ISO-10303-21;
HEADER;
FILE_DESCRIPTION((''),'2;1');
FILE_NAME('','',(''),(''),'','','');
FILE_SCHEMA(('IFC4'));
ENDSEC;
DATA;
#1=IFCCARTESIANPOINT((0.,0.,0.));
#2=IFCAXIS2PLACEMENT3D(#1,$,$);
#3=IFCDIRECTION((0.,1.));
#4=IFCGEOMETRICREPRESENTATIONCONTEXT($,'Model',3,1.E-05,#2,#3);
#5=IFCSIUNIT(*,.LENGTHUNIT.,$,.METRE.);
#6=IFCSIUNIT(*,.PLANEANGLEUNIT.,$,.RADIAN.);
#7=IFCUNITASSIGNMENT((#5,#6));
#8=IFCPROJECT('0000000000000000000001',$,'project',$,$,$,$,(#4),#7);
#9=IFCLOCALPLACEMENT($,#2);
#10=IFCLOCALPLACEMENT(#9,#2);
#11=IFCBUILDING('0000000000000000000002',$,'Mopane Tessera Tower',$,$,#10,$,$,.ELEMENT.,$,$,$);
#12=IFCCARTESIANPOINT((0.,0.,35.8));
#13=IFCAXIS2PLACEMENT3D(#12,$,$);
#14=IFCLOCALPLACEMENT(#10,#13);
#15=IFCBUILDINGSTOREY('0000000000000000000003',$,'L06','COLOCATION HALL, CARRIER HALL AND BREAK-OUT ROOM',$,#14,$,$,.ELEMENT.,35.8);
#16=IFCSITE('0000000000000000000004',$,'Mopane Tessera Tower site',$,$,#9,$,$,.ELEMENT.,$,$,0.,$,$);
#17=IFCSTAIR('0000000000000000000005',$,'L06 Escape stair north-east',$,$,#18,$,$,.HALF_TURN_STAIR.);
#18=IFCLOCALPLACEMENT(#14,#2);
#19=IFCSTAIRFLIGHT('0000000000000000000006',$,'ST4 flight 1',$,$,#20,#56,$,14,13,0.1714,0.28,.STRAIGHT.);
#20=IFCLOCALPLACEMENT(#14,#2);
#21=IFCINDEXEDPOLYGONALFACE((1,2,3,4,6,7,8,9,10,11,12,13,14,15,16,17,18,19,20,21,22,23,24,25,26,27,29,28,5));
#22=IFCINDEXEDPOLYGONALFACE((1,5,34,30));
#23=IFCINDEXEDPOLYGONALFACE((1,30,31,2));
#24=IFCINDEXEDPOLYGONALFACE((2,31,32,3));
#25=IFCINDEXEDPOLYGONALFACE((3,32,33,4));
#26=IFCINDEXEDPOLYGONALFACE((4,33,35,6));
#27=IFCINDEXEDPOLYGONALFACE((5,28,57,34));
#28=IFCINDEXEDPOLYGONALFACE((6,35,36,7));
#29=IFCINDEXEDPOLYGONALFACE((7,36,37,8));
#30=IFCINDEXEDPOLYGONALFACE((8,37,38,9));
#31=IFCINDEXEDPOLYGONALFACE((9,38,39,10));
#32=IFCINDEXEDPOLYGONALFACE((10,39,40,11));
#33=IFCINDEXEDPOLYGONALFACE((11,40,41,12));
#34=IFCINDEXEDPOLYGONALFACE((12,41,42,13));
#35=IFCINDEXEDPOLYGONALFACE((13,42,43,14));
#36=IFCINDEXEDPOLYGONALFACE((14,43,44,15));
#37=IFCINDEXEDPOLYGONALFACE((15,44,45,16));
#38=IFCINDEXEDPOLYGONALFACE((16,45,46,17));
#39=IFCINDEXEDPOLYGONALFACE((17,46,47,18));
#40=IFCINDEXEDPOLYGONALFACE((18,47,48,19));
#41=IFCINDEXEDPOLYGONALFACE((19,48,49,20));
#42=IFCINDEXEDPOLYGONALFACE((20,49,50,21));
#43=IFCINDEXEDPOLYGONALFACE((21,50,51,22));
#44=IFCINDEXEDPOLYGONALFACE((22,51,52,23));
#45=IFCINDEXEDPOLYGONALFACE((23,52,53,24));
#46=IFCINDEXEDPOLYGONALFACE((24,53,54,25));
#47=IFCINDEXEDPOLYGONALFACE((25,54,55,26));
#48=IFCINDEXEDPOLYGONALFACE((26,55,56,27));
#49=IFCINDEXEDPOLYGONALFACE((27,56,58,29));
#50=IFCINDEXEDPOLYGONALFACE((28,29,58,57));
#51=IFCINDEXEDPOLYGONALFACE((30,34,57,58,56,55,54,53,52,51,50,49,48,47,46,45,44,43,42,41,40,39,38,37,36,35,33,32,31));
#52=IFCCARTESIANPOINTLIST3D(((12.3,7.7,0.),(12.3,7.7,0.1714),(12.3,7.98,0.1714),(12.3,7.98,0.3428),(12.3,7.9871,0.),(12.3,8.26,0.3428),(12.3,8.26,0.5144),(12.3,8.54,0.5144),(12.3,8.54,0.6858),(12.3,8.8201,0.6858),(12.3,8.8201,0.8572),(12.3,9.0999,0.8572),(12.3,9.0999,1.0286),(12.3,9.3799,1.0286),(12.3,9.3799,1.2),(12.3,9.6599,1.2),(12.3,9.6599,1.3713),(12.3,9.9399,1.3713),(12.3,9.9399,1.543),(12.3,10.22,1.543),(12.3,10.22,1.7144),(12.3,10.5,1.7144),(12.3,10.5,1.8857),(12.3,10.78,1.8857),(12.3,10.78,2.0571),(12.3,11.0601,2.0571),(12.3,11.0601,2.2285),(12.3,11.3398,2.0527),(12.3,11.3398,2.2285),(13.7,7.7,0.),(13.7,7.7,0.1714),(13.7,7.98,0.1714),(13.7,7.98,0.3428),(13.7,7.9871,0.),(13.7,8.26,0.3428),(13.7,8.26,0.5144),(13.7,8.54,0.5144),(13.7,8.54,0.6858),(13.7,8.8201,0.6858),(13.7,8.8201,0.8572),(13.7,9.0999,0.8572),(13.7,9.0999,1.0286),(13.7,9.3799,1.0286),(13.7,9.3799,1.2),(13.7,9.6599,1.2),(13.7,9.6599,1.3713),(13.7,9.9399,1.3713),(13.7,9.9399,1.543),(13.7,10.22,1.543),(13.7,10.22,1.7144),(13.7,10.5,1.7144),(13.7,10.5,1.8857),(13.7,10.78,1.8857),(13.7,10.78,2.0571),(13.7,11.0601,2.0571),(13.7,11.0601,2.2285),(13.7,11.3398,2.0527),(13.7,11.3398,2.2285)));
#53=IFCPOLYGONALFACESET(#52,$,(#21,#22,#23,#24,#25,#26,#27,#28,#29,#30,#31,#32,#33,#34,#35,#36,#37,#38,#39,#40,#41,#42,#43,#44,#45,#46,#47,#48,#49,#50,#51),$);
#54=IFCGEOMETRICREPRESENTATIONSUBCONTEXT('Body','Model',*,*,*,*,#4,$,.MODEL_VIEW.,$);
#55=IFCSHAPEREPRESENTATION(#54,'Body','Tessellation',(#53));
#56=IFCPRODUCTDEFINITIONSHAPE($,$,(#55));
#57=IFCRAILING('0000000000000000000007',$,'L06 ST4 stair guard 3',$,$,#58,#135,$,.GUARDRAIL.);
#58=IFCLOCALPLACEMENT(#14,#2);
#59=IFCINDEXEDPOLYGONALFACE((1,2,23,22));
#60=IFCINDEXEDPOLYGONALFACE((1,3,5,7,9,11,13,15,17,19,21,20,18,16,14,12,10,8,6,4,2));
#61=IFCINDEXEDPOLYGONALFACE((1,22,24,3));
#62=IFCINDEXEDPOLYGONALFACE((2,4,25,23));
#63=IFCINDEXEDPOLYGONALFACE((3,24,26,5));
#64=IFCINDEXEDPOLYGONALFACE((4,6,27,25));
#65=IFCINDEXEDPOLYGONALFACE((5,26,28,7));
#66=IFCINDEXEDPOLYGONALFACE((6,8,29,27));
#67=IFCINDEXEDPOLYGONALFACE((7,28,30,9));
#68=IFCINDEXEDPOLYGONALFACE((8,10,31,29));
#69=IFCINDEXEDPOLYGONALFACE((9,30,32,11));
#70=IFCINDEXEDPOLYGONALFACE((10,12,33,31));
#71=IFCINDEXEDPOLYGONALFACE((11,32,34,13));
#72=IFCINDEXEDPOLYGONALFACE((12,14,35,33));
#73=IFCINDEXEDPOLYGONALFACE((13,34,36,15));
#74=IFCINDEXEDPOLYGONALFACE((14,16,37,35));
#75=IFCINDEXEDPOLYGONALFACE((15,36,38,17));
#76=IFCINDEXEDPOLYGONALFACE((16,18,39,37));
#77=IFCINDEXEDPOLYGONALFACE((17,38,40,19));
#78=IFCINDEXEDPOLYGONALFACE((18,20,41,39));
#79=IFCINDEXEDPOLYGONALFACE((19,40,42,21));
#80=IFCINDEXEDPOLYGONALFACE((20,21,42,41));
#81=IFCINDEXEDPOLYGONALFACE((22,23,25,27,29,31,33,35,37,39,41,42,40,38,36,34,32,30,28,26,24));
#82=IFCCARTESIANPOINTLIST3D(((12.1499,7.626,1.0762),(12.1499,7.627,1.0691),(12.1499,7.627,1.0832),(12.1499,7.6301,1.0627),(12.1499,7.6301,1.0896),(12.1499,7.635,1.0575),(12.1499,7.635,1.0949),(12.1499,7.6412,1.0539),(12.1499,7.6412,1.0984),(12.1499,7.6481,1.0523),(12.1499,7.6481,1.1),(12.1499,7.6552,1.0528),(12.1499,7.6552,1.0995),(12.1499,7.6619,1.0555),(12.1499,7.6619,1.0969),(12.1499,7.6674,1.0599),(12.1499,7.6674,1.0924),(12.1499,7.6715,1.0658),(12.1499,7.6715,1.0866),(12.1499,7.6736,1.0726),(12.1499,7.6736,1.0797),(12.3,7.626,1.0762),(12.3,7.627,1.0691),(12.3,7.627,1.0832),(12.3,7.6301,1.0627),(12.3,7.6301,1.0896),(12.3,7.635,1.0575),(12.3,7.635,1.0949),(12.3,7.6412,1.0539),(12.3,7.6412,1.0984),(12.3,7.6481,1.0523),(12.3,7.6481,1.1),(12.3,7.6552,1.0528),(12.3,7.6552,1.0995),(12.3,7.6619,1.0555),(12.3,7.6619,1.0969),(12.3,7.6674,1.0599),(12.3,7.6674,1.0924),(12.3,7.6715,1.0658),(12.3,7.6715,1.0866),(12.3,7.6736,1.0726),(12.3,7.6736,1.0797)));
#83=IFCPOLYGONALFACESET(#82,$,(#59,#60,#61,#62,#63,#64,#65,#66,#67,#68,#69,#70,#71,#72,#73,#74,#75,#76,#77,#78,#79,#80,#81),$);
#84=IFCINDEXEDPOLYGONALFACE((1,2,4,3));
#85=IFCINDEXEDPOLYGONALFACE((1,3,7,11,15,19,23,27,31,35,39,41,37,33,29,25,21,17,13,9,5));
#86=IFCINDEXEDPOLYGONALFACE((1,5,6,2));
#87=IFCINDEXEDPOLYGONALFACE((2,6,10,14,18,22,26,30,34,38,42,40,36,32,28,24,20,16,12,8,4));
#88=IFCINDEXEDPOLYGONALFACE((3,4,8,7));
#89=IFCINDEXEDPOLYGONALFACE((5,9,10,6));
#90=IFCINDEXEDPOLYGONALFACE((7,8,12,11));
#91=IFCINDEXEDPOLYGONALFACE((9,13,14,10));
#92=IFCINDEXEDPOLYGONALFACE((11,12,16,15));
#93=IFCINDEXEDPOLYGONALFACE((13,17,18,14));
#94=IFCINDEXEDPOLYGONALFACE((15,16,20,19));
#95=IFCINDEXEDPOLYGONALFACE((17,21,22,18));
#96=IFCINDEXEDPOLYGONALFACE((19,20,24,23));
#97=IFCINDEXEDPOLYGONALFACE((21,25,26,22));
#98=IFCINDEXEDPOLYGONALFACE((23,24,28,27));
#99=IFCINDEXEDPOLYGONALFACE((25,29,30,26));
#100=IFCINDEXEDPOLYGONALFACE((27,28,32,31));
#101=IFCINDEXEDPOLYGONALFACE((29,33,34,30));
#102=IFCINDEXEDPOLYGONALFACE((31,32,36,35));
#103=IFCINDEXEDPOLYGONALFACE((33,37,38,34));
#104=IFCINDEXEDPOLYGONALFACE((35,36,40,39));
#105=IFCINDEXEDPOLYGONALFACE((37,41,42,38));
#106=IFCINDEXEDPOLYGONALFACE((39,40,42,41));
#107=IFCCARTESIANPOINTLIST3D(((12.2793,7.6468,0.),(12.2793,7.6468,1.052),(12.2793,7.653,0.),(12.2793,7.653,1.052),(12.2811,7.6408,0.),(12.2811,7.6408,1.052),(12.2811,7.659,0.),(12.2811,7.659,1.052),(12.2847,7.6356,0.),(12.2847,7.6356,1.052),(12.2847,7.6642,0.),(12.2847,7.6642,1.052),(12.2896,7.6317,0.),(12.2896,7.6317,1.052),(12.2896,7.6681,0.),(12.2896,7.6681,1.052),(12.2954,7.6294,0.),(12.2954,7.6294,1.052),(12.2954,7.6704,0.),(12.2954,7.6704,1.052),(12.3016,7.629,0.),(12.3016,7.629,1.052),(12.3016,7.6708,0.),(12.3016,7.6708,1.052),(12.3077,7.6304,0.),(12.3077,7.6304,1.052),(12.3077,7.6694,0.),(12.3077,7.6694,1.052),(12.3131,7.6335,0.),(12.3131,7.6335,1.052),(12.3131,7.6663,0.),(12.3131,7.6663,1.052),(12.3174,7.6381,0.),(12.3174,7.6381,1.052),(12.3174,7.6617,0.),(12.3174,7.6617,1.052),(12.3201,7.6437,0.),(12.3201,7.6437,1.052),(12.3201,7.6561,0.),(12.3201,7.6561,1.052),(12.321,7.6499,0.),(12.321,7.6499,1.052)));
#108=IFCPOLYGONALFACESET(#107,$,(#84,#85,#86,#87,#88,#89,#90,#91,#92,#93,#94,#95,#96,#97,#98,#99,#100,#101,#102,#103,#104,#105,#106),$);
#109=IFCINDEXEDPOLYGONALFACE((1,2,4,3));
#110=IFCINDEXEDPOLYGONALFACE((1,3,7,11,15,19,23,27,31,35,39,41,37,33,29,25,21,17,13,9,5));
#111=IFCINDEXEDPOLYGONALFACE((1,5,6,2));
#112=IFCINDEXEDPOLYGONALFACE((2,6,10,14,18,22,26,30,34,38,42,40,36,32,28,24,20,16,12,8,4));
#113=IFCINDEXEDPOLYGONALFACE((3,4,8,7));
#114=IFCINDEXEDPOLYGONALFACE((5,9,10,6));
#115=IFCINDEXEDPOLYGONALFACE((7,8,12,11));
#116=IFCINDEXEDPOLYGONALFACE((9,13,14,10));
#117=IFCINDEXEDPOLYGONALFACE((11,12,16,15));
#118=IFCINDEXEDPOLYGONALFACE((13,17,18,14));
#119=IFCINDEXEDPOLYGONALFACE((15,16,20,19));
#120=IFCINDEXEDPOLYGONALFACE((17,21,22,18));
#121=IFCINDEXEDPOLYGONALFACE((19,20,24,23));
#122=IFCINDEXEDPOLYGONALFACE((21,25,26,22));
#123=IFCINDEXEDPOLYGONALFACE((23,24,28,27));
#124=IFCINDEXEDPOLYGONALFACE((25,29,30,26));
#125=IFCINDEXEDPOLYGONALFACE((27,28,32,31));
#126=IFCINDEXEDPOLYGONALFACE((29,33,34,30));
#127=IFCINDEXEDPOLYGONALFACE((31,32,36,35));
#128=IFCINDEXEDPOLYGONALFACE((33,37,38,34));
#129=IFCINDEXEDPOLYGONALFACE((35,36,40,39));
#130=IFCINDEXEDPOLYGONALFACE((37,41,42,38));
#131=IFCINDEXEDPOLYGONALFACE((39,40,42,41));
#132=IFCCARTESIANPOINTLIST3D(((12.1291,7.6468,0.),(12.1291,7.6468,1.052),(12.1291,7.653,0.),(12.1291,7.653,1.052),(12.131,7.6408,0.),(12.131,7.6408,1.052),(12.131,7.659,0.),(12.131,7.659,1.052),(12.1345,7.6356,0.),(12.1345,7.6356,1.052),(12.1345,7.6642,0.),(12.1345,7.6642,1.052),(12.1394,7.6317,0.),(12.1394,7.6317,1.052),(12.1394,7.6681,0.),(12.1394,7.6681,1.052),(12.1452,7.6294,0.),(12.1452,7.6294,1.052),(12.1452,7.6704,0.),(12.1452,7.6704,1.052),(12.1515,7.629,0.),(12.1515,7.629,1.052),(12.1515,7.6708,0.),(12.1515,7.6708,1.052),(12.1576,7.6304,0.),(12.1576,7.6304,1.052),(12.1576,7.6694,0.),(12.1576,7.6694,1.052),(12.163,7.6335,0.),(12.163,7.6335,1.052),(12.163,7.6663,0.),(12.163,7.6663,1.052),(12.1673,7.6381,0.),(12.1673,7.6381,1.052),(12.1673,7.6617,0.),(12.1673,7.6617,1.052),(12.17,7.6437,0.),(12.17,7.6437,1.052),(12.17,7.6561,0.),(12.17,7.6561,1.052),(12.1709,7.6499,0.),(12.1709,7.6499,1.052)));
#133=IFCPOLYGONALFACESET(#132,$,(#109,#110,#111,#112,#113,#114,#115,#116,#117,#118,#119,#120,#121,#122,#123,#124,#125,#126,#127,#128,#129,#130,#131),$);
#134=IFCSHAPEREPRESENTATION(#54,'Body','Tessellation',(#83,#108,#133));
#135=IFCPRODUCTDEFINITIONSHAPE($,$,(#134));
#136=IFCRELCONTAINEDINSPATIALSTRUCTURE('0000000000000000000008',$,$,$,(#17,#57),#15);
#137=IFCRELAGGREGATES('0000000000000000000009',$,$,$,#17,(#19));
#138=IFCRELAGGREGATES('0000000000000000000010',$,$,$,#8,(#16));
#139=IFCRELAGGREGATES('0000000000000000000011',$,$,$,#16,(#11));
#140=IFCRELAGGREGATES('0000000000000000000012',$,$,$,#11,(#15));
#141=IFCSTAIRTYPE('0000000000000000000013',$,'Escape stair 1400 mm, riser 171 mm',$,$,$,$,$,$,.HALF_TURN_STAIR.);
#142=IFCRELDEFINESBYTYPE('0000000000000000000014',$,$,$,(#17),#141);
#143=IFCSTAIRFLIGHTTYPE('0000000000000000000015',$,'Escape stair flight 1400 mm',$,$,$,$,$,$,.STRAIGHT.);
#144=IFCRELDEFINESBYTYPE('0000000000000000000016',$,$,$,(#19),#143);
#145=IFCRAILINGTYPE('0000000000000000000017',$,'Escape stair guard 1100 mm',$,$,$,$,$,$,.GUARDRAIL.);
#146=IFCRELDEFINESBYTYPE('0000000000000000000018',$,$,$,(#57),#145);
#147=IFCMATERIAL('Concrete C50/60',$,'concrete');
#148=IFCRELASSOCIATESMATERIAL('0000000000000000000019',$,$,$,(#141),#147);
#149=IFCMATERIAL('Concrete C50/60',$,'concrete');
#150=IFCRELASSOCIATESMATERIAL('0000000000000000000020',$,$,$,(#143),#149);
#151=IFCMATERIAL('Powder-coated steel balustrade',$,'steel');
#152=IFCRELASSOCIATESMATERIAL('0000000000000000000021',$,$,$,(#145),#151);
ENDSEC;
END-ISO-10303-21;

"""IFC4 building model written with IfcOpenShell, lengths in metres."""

from ifc_helpers import new_model, si_unit, direction, frame, origin, origin_2d, place, context, subcontext, project, spatial, polyline, circle, outline, extrude, material, type_object, element, aggregate, save


model = new_model("IFC4")

# Units and contexts
model_context = context("Model", 3, precision=1e-05, world=origin(), true_north=direction((0.0, 1.0)))
body_context = subcontext(model_context, "Body", "Model", "MODEL_VIEW")
ifc_project = project(units=[si_unit("LENGTHUNIT", "METRE"), si_unit("PLANEANGLEUNIT", "RADIAN")], contexts=[model_context])

# Site, building, storey
site_placement = place(None, origin())
site = spatial("IfcSite", under=ifc_project, at=site_placement, Name="Mopane Tessera Tower site", CompositionType="ELEMENT", RefElevation=0.0)
building_placement = place(site_placement, origin())
building = spatial("IfcBuilding", under=site, at=building_placement, Name="Mopane Tessera Tower", CompositionType="ELEMENT")
storey_placement = place(building_placement, frame((0.0, 0.0, 35.8)))
storey = spatial("IfcBuildingStorey", under=building, at=storey_placement, Name="L06", Description="COLOCATION HALL, CARRIER HALL AND BREAK-OUT ROOM", CompositionType="ELEMENT", Elevation=35.8)

# Stair
ifc_material_1 = material(Name="Concrete C50/60", Category="concrete")
stair_type = type_object("IfcStairType", Name="Escape stair 1400 mm, riser 171 mm", PredefinedType="HALF_TURN_STAIR", material=ifc_material_1)
stair_1_placement = place(storey_placement, origin())
stair_1 = element("IfcStair", 1, at=stair_1_placement, inside=storey, type_object=stair_type, Name="L06 Escape stair north-east", PredefinedType="HALF_TURN_STAIR")

# Stair flight
ifc_material_2 = material(Name="Concrete C50/60", Category="concrete")
stair_flight_type = type_object("IfcStairFlightType", Name="Escape stair flight 1400 mm", PredefinedType="STRAIGHT", material=ifc_material_2)
stair_flight_placement = place(storey_placement, frame((13.0, 7.7, 0.0), z_axis=(0.0, 0.0, 1.0), x_axis=(0.0, 1.0, 0.0)))
stair_flight = element("IfcStairFlight", 2, at=stair_flight_placement, type_object=stair_flight_type, Name="ST4 flight 1", NumberOfRisers=14, NumberOfTreads=13, PredefinedType="STRAIGHT", RiserHeight=0.1714, TreadLength=0.28, context=body_context, shape_type="SweptSolid", body=[
    extrude(outline(polyline([(0.0, 0.0), (0.0, 0.1714), (0.28, 0.1714), (0.28, 0.3428), (0.5601, 0.3428), (0.5601, 0.5144), (0.8401, 0.5144), (0.8401, 0.6858), (1.1201, 0.6858), (1.1201, 0.8572), (1.3999, 0.8572), (1.3999, 1.0286), (1.6799, 1.0286), (1.6799, 1.2), (1.96, 1.2), (1.96, 1.3713), (2.24, 1.3713), (2.24, 1.543), (2.52, 1.543), (2.52, 1.7144), (2.8, 1.7144), (2.8, 1.8857), (3.0801, 1.8857), (3.0801, 2.0571), (3.3601, 2.0571), (3.3601, 2.2285), (3.6399, 2.2285), (3.6399, 2.3999), (3.6399, 2.0527), (0.2871, 0.0), (0.0, 0.0)])), frame((0.0, 0.7, 0.0), z_axis=(0.0, -1.0, 0.0), x_axis=(1.0, 0.0, 0.0)), (0.0, 0.0, 1.0), 1.3999),
])
aggregate(stair_1, [stair_flight])

# Railing
ifc_material_3 = material(Name="Powder-coated steel balustrade", Category="steel")
railing_type_1 = type_object("IfcRailingType", Name="Escape stair guard 1100 mm", PredefinedType="GUARDRAIL", material=ifc_material_3)
railing_1_placement = place(storey_placement, frame((12.3, 7.6499, 0.0)))
element("IfcRailing", 3, at=railing_1_placement, inside=storey, type_object=railing_type_1, Name="L06 ST4 stair guard 3", PredefinedType="GUARDRAIL", context=body_context, shape_type="SweptSolid", body=[
    extrude(circle(Radius=0.0239, at=origin_2d()), frame((0.0, 0.0, 1.0762), z_axis=(-1.0, 0.0, 0.0), x_axis=(0.0, -1.0, 0.0)), (0.0, 0.0, 1.0), 0.1501),
    extrude(circle(Radius=0.021, at=origin_2d()), origin(), (0.0, 0.0, 1.0), 1.052),
    extrude(circle(Radius=0.021, at=origin_2d()), frame((-0.1501, 0.0, 0.0)), (0.0, 0.0, 1.0), 1.052),
])

save(model, "model.ifc")
